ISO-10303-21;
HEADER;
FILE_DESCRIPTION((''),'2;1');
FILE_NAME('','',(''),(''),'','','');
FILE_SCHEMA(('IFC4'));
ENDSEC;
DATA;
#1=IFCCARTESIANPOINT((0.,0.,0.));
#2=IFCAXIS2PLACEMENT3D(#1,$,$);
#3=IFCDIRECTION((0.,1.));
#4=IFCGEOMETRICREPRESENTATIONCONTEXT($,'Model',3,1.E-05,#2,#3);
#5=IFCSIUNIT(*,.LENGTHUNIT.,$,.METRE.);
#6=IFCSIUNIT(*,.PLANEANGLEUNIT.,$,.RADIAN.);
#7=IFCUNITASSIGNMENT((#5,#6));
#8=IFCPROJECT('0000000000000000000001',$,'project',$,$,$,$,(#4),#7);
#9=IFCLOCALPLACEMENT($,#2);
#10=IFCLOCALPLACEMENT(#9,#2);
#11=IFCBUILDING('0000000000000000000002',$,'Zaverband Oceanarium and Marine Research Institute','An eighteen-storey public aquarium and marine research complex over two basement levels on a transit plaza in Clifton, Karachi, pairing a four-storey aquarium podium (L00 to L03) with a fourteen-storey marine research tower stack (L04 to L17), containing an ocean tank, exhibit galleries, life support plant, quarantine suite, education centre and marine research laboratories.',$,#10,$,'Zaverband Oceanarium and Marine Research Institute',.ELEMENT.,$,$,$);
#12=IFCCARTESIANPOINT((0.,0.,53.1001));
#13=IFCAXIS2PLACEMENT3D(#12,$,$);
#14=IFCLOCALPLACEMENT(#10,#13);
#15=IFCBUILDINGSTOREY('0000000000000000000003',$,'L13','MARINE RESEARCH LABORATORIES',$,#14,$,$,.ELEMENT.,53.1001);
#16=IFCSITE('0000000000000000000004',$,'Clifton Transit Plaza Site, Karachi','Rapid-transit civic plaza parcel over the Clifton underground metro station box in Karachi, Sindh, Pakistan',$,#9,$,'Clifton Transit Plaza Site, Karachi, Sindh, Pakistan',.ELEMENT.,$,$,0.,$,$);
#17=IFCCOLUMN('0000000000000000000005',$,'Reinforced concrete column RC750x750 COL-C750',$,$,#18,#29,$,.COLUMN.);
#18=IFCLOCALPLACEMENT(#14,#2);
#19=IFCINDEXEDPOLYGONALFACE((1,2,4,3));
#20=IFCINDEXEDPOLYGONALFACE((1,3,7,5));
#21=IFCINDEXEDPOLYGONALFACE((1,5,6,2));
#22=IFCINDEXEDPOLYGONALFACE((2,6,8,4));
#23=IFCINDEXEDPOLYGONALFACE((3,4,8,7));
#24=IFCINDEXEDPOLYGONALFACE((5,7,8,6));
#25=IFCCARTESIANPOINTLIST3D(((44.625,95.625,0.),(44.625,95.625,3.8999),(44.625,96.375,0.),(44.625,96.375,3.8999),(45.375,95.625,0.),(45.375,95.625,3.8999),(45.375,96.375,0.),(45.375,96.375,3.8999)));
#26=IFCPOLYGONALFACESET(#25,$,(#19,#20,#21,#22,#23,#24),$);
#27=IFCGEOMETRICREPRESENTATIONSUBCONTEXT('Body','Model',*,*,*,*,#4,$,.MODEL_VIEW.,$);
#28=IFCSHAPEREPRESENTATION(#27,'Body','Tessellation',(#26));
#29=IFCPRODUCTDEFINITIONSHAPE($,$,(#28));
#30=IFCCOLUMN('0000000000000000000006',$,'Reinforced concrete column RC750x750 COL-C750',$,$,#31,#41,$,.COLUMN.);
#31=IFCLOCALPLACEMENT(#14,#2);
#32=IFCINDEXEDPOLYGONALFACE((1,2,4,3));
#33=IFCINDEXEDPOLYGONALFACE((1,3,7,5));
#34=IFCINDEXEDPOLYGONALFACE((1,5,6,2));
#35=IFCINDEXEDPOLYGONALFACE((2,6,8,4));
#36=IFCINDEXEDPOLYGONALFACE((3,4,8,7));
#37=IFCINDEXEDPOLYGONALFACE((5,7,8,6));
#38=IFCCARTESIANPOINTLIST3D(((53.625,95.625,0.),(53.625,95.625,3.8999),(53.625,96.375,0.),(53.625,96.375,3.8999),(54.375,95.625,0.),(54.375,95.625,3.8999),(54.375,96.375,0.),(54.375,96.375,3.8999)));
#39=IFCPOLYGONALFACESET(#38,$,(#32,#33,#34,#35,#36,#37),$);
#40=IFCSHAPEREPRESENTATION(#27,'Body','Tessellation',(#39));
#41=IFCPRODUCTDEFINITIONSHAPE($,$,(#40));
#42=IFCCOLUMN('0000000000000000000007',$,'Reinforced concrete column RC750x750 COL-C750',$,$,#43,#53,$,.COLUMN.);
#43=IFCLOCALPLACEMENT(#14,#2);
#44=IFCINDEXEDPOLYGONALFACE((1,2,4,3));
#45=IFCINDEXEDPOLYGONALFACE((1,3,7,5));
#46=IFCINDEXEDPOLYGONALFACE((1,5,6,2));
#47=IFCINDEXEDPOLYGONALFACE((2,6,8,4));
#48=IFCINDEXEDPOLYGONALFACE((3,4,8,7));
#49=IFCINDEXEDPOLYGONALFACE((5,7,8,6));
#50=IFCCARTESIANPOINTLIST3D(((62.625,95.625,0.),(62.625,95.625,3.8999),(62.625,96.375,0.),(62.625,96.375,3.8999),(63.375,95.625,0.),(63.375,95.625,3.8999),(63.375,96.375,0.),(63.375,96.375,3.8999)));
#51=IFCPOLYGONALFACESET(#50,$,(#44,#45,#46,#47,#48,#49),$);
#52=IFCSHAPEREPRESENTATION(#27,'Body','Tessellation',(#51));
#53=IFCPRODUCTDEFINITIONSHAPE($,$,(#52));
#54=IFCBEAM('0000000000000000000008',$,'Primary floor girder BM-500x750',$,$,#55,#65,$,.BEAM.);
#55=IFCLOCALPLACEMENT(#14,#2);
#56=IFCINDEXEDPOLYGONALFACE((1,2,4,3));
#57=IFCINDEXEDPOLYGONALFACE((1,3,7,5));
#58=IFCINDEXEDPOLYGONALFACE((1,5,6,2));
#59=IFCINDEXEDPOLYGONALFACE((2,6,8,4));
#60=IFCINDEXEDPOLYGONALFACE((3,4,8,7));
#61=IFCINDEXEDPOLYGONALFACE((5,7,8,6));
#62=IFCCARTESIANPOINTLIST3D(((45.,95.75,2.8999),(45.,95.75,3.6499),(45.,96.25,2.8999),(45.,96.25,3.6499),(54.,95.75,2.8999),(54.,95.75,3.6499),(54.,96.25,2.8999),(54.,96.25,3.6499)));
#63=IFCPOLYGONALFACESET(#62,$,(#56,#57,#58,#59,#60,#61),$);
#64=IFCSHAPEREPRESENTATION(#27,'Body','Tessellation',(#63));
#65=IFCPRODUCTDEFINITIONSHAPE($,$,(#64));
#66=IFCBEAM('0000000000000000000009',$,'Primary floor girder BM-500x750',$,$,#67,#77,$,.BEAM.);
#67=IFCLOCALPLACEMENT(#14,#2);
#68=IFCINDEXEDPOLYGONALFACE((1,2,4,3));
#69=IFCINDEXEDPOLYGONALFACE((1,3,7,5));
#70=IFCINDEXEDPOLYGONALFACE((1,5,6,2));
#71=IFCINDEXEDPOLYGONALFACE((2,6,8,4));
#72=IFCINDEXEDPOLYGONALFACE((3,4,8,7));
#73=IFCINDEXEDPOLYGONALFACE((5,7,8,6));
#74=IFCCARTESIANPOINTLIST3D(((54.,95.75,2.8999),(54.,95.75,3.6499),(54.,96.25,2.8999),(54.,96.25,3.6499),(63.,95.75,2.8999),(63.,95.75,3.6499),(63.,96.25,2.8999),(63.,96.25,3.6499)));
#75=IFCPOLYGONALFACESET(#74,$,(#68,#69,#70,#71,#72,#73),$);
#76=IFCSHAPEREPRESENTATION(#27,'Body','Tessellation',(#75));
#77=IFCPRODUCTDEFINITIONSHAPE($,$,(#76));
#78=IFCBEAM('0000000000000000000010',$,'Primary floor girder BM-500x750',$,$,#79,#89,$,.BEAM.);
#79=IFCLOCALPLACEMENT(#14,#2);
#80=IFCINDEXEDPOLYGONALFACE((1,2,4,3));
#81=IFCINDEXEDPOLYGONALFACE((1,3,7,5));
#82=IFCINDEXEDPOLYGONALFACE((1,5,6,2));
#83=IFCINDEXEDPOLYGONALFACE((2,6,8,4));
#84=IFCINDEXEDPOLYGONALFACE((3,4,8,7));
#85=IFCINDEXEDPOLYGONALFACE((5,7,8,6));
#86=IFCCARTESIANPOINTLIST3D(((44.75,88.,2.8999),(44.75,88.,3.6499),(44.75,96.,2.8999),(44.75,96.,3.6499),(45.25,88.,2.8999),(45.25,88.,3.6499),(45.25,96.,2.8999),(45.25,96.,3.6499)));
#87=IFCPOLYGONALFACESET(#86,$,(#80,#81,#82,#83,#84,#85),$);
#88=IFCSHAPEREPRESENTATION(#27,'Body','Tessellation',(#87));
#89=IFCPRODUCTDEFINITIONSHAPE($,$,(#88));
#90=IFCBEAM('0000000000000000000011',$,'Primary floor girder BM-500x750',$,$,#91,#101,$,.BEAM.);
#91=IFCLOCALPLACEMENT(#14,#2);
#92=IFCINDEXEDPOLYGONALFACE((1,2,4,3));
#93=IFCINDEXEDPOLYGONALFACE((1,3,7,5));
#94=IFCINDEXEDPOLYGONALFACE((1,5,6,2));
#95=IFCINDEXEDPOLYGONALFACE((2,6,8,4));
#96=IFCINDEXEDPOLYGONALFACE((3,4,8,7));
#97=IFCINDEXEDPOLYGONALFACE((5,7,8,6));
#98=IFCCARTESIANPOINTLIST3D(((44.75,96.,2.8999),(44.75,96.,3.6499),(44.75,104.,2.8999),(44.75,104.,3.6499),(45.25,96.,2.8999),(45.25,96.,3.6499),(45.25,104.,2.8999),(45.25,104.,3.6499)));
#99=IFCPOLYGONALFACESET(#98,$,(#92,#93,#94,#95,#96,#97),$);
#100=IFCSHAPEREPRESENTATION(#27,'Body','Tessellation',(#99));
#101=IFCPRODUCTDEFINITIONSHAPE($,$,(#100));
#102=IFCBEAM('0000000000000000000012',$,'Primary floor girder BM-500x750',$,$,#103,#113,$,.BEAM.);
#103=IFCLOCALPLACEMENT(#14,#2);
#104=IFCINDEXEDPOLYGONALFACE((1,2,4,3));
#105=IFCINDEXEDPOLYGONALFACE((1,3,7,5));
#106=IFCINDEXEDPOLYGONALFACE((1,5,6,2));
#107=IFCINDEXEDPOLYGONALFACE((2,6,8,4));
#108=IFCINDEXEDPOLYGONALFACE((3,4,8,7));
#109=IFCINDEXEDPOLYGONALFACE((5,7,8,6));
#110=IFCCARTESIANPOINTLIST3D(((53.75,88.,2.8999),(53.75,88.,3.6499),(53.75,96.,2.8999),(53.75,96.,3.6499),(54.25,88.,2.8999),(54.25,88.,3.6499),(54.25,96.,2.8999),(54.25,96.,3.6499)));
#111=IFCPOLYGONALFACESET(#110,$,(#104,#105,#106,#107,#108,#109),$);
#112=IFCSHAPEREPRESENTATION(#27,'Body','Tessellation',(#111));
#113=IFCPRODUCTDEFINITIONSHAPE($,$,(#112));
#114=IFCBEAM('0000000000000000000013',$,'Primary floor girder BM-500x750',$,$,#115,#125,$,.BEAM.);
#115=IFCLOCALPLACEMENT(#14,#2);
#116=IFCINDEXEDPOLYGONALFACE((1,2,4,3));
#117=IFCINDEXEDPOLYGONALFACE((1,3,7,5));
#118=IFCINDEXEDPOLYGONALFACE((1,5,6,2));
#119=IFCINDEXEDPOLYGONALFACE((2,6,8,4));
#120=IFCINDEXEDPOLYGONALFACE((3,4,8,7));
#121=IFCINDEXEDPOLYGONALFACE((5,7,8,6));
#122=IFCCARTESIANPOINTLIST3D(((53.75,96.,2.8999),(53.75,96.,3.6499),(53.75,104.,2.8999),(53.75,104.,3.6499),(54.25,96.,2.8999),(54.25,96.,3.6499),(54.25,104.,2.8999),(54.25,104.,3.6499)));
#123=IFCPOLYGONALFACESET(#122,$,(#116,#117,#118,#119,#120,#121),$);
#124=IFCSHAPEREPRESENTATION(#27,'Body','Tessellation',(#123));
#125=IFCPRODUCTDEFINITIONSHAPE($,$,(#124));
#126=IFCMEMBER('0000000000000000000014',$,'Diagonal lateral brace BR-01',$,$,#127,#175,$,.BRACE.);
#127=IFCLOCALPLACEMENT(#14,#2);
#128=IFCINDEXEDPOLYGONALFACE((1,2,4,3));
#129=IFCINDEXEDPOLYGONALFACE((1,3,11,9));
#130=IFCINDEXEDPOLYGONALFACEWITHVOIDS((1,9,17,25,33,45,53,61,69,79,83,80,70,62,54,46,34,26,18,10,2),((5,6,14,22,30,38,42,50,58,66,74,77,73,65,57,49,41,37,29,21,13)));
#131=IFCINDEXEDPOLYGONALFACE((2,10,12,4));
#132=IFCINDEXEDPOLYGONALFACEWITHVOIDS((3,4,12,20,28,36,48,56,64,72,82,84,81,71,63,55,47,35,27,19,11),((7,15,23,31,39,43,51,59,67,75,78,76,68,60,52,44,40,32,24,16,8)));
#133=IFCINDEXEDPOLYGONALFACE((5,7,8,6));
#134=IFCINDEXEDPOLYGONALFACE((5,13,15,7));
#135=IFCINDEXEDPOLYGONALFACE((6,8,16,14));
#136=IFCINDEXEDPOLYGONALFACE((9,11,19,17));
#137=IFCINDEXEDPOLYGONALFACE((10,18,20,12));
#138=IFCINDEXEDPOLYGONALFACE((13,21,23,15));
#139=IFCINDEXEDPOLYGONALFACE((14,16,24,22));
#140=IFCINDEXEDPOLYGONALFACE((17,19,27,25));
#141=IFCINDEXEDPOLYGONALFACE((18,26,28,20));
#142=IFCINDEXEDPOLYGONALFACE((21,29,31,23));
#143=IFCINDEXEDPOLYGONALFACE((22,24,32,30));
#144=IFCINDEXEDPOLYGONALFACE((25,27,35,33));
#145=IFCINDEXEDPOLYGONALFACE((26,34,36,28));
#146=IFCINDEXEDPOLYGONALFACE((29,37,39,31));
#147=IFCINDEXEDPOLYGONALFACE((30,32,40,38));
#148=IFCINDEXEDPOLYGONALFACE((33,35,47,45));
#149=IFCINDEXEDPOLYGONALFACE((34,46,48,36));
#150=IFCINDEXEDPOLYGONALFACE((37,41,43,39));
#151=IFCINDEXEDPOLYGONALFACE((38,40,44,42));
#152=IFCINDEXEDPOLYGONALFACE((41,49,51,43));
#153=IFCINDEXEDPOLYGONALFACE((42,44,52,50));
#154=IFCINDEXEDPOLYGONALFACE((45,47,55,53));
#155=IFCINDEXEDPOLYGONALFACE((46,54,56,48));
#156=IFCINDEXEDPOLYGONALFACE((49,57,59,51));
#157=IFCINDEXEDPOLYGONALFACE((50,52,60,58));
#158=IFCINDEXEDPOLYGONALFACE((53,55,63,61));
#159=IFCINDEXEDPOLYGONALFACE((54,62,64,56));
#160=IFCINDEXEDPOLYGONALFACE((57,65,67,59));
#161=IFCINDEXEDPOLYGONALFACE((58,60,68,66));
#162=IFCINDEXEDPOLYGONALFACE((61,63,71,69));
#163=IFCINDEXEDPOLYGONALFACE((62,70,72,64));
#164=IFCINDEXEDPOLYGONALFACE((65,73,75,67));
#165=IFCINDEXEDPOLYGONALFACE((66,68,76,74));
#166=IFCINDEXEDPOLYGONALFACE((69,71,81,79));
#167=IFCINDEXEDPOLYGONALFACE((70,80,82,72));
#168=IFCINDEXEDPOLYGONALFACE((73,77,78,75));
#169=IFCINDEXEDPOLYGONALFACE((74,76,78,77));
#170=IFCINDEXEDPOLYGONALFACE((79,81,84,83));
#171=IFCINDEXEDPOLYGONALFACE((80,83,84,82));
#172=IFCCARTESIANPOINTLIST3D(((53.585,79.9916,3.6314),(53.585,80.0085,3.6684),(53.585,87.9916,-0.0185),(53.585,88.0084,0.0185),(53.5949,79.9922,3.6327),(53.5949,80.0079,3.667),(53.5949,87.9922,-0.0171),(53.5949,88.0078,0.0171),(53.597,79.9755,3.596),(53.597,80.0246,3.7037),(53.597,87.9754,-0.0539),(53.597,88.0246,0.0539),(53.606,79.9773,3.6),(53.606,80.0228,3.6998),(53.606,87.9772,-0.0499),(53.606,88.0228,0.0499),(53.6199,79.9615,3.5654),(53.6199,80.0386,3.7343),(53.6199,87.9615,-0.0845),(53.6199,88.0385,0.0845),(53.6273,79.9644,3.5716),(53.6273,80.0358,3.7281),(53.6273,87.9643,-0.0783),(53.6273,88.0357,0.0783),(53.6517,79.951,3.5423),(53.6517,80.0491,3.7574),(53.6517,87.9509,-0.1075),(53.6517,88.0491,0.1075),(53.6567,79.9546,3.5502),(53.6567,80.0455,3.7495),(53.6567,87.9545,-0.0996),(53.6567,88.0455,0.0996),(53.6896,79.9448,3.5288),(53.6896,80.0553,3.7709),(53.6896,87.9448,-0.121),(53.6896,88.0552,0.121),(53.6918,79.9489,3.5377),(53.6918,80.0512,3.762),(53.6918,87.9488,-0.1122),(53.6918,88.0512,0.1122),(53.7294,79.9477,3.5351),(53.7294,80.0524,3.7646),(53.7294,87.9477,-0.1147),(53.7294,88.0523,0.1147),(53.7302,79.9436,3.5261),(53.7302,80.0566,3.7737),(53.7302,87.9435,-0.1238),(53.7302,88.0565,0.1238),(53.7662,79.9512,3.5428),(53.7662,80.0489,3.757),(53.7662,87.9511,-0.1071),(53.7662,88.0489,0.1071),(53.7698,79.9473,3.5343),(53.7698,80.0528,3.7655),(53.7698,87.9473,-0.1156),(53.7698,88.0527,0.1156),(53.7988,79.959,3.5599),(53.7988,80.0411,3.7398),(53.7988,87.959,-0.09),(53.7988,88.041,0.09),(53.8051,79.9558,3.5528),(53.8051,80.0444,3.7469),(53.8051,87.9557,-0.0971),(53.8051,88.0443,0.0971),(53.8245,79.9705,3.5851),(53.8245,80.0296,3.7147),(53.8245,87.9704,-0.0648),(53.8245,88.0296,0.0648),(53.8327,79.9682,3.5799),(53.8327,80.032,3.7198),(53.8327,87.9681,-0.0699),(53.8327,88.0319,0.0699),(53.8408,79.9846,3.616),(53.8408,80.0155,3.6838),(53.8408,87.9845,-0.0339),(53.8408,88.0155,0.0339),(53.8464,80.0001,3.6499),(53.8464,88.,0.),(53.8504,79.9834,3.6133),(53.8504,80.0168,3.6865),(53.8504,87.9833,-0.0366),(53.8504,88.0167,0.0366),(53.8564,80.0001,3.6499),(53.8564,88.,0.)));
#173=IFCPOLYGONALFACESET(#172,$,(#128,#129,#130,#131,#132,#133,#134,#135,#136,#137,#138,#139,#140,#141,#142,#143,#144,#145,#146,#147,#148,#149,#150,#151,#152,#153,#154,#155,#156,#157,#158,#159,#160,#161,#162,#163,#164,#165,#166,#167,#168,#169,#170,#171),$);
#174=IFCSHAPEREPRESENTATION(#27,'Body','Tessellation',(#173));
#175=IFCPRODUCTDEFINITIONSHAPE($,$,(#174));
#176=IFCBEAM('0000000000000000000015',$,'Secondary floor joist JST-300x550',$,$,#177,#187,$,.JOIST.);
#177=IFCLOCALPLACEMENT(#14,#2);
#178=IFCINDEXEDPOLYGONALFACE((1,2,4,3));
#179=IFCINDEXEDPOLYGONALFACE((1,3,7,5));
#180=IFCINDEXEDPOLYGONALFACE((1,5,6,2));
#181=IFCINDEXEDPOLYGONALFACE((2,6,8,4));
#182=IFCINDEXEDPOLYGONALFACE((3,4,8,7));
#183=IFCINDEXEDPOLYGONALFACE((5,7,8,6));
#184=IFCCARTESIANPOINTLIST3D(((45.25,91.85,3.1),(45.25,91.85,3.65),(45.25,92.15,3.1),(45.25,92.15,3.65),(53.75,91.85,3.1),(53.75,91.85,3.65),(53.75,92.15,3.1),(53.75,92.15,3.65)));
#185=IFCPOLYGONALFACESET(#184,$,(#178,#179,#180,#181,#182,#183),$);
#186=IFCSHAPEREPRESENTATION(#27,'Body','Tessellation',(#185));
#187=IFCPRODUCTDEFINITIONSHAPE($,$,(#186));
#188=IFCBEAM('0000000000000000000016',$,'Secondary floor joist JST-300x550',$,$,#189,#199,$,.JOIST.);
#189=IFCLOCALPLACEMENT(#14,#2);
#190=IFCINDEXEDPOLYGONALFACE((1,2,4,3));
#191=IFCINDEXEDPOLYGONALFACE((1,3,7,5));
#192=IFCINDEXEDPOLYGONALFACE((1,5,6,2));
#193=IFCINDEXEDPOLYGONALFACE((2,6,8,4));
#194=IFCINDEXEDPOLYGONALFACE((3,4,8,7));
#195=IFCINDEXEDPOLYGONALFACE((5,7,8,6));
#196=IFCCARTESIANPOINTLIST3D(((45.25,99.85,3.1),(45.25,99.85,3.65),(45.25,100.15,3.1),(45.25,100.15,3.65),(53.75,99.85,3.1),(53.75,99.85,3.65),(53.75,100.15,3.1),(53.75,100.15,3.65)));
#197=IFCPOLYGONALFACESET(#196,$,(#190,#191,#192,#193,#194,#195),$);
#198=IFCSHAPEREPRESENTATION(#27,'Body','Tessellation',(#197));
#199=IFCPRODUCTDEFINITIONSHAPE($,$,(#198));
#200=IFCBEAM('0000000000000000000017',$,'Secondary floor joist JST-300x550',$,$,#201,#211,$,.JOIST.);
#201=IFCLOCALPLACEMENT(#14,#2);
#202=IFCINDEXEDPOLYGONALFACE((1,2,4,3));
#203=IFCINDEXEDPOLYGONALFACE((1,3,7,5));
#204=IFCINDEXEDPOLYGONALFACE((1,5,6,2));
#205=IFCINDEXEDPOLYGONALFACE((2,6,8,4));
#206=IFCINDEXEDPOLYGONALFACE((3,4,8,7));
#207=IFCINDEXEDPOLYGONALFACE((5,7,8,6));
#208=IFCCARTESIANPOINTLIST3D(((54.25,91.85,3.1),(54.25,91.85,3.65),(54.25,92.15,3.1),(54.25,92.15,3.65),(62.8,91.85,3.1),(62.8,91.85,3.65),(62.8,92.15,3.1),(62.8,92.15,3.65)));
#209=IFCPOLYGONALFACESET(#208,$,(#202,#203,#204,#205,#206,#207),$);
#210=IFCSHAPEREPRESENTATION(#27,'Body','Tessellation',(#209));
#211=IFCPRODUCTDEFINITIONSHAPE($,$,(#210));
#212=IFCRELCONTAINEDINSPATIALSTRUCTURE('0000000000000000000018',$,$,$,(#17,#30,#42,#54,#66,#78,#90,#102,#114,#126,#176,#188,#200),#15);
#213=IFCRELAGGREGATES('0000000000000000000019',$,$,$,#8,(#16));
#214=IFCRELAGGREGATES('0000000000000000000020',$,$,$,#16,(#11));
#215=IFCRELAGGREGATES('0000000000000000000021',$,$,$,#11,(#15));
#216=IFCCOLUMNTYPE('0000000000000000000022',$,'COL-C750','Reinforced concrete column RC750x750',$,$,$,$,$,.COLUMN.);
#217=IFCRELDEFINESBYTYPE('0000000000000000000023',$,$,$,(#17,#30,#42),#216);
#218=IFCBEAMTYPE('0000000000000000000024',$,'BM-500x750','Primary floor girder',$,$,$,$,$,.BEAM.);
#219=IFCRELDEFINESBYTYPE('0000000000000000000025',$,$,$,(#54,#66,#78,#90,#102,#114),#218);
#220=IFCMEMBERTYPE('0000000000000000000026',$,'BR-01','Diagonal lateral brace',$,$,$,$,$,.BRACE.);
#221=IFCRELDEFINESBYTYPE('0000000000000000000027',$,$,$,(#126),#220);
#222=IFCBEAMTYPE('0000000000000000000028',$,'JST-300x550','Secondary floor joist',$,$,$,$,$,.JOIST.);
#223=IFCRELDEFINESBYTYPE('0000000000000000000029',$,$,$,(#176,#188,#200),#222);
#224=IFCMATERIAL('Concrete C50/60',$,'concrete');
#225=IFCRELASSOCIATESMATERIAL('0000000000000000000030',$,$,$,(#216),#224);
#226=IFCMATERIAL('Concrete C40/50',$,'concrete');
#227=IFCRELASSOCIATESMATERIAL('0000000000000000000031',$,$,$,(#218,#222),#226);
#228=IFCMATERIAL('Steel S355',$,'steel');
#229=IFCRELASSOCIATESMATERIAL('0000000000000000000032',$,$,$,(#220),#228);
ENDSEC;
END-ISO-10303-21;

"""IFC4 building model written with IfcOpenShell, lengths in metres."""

from ifc_helpers import new_model, si_unit, direction, frame, origin, origin_2d, place, context, subcontext, project, spatial, rectangle, hollow_circle, extrude, material, material_profile, profile_set, type_object, element, save


model = new_model("IFC4")

# Units and contexts
model_context = context("Model", 3, precision=1e-05, world=origin(), true_north=direction((0.0, 1.0)))
body_context = subcontext(model_context, "Body", "Model", "MODEL_VIEW")
ifc_project = project(units=[si_unit("LENGTHUNIT", "METRE"), si_unit("PLANEANGLEUNIT", "RADIAN")], contexts=[model_context])

# Site, building, storey
site_placement = place(None, origin())
site = spatial("IfcSite", under=ifc_project, at=site_placement, Name="Clifton Transit Plaza Site, Karachi", Description="Rapid-transit civic plaza parcel over the Clifton underground metro station box in Karachi, Sindh, Pakistan", LongName="Clifton Transit Plaza Site, Karachi, Sindh, Pakistan", CompositionType="ELEMENT", RefElevation=0.0)
building_placement = place(site_placement, origin())
building = spatial("IfcBuilding", under=site, at=building_placement, Name="Zaverband Oceanarium and Marine Research Institute", Description="An eighteen-storey public aquarium and marine research complex over two basement levels on a transit plaza in Clifton, Karachi, pairing a four-storey aquarium podium (L00 to L03) with a fourteen-storey marine research tower stack (L04 to L17), containing an ocean tank, exhibit galleries, life support plant, quarantine suite, education centre and marine research laboratories.", LongName="Zaverband Oceanarium and Marine Research Institute", CompositionType="ELEMENT")
storey_placement = place(building_placement, frame((0.0, 0.0, 53.1001)))
storey = spatial("IfcBuildingStorey", under=building, at=storey_placement, Name="L13", Description="MARINE RESEARCH LABORATORIES", CompositionType="ELEMENT", Elevation=53.1001)

# Columns
ifc_material_1 = material(Name="Concrete C50/60", Category="concrete")
ifc_material_profile_1 = material_profile(ifc_material_1, rectangle(XDim=0.75, YDim=0.75, at=origin_2d()), Name="RC750x750")
ifc_profile_set_1 = profile_set([ifc_material_profile_1], Name="Concrete C50/60")
column_type = type_object("IfcColumnType", Name="COL-C750", Description="Reinforced concrete column RC750x750", PredefinedType="COLUMN", material=ifc_profile_set_1)
for number, where, z_axis, x_axis, name in (
    (1, (45.0, 96.0, 0.0), (0.0, 0.0, 1.0), (1.0, 0.0, 0.0), "Reinforced concrete column RC750x750 COL-C750"),
    (2, (54.0, 96.0, 0.0), (0.0, 0.0, 1.0), (1.0, 0.0, 0.0), "Reinforced concrete column RC750x750 COL-C750"),
    (3, (63.0, 96.0, 0.0), (0.0, 0.0, 1.0), (1.0, 0.0, 0.0), "Reinforced concrete column RC750x750 COL-C750"),
):
    element("IfcColumn", number, at=place(storey_placement, frame(where, z_axis=z_axis, x_axis=x_axis)), inside=storey, type_object=column_type, Name=name, PredefinedType="COLUMN", context=body_context, shape_type="SweptSolid", body=[
        extrude(rectangle(XDim=0.75, YDim=0.75, at=origin_2d()), origin(), (0.0, 0.0, 1.0), 3.8999),
    ])

# Beams
ifc_material_2 = material(Name="Concrete C40/50", Category="concrete")
ifc_material_profile_2 = material_profile(ifc_material_2, rectangle(XDim=0.5, YDim=0.75, at=origin_2d()), Name="RC500x750")
ifc_profile_set_2 = profile_set([ifc_material_profile_2], Name="Concrete C40/50")
beam_type_1 = type_object("IfcBeamType", Name="BM-500x750", Description="Primary floor girder", PredefinedType="BEAM", material=ifc_profile_set_2)
for number, where, z_axis, x_axis, name in (
    (4, (45.0, 96.0, 3.2749), (1.0, 0.0, 0.0), (0.0, 1.0, 0.0), "Primary floor girder BM-500x750"),
    (5, (54.0, 96.0, 3.2749), (1.0, 0.0, 0.0), (0.0, 1.0, 0.0), "Primary floor girder BM-500x750"),
):
    element("IfcBeam", number, at=place(storey_placement, frame(where, z_axis=z_axis, x_axis=x_axis)), inside=storey, type_object=beam_type_1, Name=name, PredefinedType="BEAM", context=body_context, shape_type="SweptSolid", body=[
        extrude(rectangle(XDim=0.5, YDim=0.75, at=origin_2d()), origin(), (0.0, 0.0, 1.0), 9.0),
    ])
for number, where, z_axis, x_axis, name in (
    (6, (45.0, 88.0, 3.2749), (0.0, 1.0, 0.0), (-1.0, 0.0, 0.0), "Primary floor girder BM-500x750"),
    (7, (45.0, 96.0, 3.2749), (0.0, 1.0, 0.0), (-1.0, 0.0, 0.0), "Primary floor girder BM-500x750"),
    (8, (54.0, 88.0, 3.2749), (0.0, 1.0, 0.0), (-1.0, 0.0, 0.0), "Primary floor girder BM-500x750"),
    (9, (54.0, 96.0, 3.2749), (0.0, 1.0, 0.0), (-1.0, 0.0, 0.0), "Primary floor girder BM-500x750"),
):
    element("IfcBeam", number, at=place(storey_placement, frame(where, z_axis=z_axis, x_axis=x_axis)), inside=storey, type_object=beam_type_1, Name=name, PredefinedType="BEAM", context=body_context, shape_type="SweptSolid", body=[
        extrude(rectangle(XDim=0.5, YDim=0.75, at=origin_2d()), origin(), (0.0, 0.0, 1.0), 8.0),
    ])

# Member
ifc_material_3 = material(Name="Steel S355", Category="steel")
ifc_material_profile_3 = material_profile(ifc_material_3, hollow_circle(Radius=0.1365, WallThickness=0.01, at=origin_2d()), Name="CHS273x10")
ifc_profile_set_3 = profile_set([ifc_material_profile_3], Name="Steel S355")
member_type = type_object("IfcMemberType", Name="BR-01", Description="Diagonal lateral brace", PredefinedType="BRACE", material=ifc_profile_set_3)
member_placement = place(storey_placement, frame((53.72, 88.0, 0.0), z_axis=(0.0, -0.909786, 0.415079), x_axis=(1.0, 0.0, 0.0)))
element("IfcMember", 10, at=member_placement, inside=storey, type_object=member_type, Name="Diagonal lateral brace BR-01", PredefinedType="BRACE", context=body_context, shape_type="SweptSolid", body=[
    extrude(hollow_circle(Radius=0.1365, WallThickness=0.01, at=origin_2d()), origin(), (0.0, 0.0, 1.0), 8.7932),
])

# Beams
ifc_material_profile_4 = material_profile(ifc_material_2, rectangle(XDim=0.3, YDim=0.55, at=origin_2d()), Name="RC300x550")
ifc_profile_set_4 = profile_set([ifc_material_profile_4], Name="Concrete C40/50")
beam_type_2 = type_object("IfcBeamType", Name="JST-300x550", Description="Secondary floor joist", PredefinedType="JOIST", material=ifc_profile_set_4)
for number, where, z_axis, x_axis, name in (
    (11, (45.25, 92.0, 3.375), (1.0, 0.0, 0.0), (0.0, 1.0, 0.0), "Secondary floor joist JST-300x550"),
    (12, (45.25, 100.0, 3.375), (1.0, 0.0, 0.0), (0.0, 1.0, 0.0), "Secondary floor joist JST-300x550"),
):
    element("IfcBeam", number, at=place(storey_placement, frame(where, z_axis=z_axis, x_axis=x_axis)), inside=storey, type_object=beam_type_2, Name=name, PredefinedType="JOIST", context=body_context, shape_type="SweptSolid", body=[
        extrude(rectangle(XDim=0.3, YDim=0.55, at=origin_2d()), origin(), (0.0, 0.0, 1.0), 8.5),
    ])
for number, where, z_axis, x_axis, name in (
    (13, (54.25, 92.0, 3.375), (1.0, 0.0, 0.0), (0.0, 1.0, 0.0), "Secondary floor joist JST-300x550"),
):
    element("IfcBeam", number, at=place(storey_placement, frame(where, z_axis=z_axis, x_axis=x_axis)), inside=storey, type_object=beam_type_2, Name=name, PredefinedType="JOIST", context=body_context, shape_type="SweptSolid", body=[
        extrude(rectangle(XDim=0.3, YDim=0.55, at=origin_2d()), origin(), (0.0, 0.0, 1.0), 8.55),
    ])

save(model, "model.ifc")
